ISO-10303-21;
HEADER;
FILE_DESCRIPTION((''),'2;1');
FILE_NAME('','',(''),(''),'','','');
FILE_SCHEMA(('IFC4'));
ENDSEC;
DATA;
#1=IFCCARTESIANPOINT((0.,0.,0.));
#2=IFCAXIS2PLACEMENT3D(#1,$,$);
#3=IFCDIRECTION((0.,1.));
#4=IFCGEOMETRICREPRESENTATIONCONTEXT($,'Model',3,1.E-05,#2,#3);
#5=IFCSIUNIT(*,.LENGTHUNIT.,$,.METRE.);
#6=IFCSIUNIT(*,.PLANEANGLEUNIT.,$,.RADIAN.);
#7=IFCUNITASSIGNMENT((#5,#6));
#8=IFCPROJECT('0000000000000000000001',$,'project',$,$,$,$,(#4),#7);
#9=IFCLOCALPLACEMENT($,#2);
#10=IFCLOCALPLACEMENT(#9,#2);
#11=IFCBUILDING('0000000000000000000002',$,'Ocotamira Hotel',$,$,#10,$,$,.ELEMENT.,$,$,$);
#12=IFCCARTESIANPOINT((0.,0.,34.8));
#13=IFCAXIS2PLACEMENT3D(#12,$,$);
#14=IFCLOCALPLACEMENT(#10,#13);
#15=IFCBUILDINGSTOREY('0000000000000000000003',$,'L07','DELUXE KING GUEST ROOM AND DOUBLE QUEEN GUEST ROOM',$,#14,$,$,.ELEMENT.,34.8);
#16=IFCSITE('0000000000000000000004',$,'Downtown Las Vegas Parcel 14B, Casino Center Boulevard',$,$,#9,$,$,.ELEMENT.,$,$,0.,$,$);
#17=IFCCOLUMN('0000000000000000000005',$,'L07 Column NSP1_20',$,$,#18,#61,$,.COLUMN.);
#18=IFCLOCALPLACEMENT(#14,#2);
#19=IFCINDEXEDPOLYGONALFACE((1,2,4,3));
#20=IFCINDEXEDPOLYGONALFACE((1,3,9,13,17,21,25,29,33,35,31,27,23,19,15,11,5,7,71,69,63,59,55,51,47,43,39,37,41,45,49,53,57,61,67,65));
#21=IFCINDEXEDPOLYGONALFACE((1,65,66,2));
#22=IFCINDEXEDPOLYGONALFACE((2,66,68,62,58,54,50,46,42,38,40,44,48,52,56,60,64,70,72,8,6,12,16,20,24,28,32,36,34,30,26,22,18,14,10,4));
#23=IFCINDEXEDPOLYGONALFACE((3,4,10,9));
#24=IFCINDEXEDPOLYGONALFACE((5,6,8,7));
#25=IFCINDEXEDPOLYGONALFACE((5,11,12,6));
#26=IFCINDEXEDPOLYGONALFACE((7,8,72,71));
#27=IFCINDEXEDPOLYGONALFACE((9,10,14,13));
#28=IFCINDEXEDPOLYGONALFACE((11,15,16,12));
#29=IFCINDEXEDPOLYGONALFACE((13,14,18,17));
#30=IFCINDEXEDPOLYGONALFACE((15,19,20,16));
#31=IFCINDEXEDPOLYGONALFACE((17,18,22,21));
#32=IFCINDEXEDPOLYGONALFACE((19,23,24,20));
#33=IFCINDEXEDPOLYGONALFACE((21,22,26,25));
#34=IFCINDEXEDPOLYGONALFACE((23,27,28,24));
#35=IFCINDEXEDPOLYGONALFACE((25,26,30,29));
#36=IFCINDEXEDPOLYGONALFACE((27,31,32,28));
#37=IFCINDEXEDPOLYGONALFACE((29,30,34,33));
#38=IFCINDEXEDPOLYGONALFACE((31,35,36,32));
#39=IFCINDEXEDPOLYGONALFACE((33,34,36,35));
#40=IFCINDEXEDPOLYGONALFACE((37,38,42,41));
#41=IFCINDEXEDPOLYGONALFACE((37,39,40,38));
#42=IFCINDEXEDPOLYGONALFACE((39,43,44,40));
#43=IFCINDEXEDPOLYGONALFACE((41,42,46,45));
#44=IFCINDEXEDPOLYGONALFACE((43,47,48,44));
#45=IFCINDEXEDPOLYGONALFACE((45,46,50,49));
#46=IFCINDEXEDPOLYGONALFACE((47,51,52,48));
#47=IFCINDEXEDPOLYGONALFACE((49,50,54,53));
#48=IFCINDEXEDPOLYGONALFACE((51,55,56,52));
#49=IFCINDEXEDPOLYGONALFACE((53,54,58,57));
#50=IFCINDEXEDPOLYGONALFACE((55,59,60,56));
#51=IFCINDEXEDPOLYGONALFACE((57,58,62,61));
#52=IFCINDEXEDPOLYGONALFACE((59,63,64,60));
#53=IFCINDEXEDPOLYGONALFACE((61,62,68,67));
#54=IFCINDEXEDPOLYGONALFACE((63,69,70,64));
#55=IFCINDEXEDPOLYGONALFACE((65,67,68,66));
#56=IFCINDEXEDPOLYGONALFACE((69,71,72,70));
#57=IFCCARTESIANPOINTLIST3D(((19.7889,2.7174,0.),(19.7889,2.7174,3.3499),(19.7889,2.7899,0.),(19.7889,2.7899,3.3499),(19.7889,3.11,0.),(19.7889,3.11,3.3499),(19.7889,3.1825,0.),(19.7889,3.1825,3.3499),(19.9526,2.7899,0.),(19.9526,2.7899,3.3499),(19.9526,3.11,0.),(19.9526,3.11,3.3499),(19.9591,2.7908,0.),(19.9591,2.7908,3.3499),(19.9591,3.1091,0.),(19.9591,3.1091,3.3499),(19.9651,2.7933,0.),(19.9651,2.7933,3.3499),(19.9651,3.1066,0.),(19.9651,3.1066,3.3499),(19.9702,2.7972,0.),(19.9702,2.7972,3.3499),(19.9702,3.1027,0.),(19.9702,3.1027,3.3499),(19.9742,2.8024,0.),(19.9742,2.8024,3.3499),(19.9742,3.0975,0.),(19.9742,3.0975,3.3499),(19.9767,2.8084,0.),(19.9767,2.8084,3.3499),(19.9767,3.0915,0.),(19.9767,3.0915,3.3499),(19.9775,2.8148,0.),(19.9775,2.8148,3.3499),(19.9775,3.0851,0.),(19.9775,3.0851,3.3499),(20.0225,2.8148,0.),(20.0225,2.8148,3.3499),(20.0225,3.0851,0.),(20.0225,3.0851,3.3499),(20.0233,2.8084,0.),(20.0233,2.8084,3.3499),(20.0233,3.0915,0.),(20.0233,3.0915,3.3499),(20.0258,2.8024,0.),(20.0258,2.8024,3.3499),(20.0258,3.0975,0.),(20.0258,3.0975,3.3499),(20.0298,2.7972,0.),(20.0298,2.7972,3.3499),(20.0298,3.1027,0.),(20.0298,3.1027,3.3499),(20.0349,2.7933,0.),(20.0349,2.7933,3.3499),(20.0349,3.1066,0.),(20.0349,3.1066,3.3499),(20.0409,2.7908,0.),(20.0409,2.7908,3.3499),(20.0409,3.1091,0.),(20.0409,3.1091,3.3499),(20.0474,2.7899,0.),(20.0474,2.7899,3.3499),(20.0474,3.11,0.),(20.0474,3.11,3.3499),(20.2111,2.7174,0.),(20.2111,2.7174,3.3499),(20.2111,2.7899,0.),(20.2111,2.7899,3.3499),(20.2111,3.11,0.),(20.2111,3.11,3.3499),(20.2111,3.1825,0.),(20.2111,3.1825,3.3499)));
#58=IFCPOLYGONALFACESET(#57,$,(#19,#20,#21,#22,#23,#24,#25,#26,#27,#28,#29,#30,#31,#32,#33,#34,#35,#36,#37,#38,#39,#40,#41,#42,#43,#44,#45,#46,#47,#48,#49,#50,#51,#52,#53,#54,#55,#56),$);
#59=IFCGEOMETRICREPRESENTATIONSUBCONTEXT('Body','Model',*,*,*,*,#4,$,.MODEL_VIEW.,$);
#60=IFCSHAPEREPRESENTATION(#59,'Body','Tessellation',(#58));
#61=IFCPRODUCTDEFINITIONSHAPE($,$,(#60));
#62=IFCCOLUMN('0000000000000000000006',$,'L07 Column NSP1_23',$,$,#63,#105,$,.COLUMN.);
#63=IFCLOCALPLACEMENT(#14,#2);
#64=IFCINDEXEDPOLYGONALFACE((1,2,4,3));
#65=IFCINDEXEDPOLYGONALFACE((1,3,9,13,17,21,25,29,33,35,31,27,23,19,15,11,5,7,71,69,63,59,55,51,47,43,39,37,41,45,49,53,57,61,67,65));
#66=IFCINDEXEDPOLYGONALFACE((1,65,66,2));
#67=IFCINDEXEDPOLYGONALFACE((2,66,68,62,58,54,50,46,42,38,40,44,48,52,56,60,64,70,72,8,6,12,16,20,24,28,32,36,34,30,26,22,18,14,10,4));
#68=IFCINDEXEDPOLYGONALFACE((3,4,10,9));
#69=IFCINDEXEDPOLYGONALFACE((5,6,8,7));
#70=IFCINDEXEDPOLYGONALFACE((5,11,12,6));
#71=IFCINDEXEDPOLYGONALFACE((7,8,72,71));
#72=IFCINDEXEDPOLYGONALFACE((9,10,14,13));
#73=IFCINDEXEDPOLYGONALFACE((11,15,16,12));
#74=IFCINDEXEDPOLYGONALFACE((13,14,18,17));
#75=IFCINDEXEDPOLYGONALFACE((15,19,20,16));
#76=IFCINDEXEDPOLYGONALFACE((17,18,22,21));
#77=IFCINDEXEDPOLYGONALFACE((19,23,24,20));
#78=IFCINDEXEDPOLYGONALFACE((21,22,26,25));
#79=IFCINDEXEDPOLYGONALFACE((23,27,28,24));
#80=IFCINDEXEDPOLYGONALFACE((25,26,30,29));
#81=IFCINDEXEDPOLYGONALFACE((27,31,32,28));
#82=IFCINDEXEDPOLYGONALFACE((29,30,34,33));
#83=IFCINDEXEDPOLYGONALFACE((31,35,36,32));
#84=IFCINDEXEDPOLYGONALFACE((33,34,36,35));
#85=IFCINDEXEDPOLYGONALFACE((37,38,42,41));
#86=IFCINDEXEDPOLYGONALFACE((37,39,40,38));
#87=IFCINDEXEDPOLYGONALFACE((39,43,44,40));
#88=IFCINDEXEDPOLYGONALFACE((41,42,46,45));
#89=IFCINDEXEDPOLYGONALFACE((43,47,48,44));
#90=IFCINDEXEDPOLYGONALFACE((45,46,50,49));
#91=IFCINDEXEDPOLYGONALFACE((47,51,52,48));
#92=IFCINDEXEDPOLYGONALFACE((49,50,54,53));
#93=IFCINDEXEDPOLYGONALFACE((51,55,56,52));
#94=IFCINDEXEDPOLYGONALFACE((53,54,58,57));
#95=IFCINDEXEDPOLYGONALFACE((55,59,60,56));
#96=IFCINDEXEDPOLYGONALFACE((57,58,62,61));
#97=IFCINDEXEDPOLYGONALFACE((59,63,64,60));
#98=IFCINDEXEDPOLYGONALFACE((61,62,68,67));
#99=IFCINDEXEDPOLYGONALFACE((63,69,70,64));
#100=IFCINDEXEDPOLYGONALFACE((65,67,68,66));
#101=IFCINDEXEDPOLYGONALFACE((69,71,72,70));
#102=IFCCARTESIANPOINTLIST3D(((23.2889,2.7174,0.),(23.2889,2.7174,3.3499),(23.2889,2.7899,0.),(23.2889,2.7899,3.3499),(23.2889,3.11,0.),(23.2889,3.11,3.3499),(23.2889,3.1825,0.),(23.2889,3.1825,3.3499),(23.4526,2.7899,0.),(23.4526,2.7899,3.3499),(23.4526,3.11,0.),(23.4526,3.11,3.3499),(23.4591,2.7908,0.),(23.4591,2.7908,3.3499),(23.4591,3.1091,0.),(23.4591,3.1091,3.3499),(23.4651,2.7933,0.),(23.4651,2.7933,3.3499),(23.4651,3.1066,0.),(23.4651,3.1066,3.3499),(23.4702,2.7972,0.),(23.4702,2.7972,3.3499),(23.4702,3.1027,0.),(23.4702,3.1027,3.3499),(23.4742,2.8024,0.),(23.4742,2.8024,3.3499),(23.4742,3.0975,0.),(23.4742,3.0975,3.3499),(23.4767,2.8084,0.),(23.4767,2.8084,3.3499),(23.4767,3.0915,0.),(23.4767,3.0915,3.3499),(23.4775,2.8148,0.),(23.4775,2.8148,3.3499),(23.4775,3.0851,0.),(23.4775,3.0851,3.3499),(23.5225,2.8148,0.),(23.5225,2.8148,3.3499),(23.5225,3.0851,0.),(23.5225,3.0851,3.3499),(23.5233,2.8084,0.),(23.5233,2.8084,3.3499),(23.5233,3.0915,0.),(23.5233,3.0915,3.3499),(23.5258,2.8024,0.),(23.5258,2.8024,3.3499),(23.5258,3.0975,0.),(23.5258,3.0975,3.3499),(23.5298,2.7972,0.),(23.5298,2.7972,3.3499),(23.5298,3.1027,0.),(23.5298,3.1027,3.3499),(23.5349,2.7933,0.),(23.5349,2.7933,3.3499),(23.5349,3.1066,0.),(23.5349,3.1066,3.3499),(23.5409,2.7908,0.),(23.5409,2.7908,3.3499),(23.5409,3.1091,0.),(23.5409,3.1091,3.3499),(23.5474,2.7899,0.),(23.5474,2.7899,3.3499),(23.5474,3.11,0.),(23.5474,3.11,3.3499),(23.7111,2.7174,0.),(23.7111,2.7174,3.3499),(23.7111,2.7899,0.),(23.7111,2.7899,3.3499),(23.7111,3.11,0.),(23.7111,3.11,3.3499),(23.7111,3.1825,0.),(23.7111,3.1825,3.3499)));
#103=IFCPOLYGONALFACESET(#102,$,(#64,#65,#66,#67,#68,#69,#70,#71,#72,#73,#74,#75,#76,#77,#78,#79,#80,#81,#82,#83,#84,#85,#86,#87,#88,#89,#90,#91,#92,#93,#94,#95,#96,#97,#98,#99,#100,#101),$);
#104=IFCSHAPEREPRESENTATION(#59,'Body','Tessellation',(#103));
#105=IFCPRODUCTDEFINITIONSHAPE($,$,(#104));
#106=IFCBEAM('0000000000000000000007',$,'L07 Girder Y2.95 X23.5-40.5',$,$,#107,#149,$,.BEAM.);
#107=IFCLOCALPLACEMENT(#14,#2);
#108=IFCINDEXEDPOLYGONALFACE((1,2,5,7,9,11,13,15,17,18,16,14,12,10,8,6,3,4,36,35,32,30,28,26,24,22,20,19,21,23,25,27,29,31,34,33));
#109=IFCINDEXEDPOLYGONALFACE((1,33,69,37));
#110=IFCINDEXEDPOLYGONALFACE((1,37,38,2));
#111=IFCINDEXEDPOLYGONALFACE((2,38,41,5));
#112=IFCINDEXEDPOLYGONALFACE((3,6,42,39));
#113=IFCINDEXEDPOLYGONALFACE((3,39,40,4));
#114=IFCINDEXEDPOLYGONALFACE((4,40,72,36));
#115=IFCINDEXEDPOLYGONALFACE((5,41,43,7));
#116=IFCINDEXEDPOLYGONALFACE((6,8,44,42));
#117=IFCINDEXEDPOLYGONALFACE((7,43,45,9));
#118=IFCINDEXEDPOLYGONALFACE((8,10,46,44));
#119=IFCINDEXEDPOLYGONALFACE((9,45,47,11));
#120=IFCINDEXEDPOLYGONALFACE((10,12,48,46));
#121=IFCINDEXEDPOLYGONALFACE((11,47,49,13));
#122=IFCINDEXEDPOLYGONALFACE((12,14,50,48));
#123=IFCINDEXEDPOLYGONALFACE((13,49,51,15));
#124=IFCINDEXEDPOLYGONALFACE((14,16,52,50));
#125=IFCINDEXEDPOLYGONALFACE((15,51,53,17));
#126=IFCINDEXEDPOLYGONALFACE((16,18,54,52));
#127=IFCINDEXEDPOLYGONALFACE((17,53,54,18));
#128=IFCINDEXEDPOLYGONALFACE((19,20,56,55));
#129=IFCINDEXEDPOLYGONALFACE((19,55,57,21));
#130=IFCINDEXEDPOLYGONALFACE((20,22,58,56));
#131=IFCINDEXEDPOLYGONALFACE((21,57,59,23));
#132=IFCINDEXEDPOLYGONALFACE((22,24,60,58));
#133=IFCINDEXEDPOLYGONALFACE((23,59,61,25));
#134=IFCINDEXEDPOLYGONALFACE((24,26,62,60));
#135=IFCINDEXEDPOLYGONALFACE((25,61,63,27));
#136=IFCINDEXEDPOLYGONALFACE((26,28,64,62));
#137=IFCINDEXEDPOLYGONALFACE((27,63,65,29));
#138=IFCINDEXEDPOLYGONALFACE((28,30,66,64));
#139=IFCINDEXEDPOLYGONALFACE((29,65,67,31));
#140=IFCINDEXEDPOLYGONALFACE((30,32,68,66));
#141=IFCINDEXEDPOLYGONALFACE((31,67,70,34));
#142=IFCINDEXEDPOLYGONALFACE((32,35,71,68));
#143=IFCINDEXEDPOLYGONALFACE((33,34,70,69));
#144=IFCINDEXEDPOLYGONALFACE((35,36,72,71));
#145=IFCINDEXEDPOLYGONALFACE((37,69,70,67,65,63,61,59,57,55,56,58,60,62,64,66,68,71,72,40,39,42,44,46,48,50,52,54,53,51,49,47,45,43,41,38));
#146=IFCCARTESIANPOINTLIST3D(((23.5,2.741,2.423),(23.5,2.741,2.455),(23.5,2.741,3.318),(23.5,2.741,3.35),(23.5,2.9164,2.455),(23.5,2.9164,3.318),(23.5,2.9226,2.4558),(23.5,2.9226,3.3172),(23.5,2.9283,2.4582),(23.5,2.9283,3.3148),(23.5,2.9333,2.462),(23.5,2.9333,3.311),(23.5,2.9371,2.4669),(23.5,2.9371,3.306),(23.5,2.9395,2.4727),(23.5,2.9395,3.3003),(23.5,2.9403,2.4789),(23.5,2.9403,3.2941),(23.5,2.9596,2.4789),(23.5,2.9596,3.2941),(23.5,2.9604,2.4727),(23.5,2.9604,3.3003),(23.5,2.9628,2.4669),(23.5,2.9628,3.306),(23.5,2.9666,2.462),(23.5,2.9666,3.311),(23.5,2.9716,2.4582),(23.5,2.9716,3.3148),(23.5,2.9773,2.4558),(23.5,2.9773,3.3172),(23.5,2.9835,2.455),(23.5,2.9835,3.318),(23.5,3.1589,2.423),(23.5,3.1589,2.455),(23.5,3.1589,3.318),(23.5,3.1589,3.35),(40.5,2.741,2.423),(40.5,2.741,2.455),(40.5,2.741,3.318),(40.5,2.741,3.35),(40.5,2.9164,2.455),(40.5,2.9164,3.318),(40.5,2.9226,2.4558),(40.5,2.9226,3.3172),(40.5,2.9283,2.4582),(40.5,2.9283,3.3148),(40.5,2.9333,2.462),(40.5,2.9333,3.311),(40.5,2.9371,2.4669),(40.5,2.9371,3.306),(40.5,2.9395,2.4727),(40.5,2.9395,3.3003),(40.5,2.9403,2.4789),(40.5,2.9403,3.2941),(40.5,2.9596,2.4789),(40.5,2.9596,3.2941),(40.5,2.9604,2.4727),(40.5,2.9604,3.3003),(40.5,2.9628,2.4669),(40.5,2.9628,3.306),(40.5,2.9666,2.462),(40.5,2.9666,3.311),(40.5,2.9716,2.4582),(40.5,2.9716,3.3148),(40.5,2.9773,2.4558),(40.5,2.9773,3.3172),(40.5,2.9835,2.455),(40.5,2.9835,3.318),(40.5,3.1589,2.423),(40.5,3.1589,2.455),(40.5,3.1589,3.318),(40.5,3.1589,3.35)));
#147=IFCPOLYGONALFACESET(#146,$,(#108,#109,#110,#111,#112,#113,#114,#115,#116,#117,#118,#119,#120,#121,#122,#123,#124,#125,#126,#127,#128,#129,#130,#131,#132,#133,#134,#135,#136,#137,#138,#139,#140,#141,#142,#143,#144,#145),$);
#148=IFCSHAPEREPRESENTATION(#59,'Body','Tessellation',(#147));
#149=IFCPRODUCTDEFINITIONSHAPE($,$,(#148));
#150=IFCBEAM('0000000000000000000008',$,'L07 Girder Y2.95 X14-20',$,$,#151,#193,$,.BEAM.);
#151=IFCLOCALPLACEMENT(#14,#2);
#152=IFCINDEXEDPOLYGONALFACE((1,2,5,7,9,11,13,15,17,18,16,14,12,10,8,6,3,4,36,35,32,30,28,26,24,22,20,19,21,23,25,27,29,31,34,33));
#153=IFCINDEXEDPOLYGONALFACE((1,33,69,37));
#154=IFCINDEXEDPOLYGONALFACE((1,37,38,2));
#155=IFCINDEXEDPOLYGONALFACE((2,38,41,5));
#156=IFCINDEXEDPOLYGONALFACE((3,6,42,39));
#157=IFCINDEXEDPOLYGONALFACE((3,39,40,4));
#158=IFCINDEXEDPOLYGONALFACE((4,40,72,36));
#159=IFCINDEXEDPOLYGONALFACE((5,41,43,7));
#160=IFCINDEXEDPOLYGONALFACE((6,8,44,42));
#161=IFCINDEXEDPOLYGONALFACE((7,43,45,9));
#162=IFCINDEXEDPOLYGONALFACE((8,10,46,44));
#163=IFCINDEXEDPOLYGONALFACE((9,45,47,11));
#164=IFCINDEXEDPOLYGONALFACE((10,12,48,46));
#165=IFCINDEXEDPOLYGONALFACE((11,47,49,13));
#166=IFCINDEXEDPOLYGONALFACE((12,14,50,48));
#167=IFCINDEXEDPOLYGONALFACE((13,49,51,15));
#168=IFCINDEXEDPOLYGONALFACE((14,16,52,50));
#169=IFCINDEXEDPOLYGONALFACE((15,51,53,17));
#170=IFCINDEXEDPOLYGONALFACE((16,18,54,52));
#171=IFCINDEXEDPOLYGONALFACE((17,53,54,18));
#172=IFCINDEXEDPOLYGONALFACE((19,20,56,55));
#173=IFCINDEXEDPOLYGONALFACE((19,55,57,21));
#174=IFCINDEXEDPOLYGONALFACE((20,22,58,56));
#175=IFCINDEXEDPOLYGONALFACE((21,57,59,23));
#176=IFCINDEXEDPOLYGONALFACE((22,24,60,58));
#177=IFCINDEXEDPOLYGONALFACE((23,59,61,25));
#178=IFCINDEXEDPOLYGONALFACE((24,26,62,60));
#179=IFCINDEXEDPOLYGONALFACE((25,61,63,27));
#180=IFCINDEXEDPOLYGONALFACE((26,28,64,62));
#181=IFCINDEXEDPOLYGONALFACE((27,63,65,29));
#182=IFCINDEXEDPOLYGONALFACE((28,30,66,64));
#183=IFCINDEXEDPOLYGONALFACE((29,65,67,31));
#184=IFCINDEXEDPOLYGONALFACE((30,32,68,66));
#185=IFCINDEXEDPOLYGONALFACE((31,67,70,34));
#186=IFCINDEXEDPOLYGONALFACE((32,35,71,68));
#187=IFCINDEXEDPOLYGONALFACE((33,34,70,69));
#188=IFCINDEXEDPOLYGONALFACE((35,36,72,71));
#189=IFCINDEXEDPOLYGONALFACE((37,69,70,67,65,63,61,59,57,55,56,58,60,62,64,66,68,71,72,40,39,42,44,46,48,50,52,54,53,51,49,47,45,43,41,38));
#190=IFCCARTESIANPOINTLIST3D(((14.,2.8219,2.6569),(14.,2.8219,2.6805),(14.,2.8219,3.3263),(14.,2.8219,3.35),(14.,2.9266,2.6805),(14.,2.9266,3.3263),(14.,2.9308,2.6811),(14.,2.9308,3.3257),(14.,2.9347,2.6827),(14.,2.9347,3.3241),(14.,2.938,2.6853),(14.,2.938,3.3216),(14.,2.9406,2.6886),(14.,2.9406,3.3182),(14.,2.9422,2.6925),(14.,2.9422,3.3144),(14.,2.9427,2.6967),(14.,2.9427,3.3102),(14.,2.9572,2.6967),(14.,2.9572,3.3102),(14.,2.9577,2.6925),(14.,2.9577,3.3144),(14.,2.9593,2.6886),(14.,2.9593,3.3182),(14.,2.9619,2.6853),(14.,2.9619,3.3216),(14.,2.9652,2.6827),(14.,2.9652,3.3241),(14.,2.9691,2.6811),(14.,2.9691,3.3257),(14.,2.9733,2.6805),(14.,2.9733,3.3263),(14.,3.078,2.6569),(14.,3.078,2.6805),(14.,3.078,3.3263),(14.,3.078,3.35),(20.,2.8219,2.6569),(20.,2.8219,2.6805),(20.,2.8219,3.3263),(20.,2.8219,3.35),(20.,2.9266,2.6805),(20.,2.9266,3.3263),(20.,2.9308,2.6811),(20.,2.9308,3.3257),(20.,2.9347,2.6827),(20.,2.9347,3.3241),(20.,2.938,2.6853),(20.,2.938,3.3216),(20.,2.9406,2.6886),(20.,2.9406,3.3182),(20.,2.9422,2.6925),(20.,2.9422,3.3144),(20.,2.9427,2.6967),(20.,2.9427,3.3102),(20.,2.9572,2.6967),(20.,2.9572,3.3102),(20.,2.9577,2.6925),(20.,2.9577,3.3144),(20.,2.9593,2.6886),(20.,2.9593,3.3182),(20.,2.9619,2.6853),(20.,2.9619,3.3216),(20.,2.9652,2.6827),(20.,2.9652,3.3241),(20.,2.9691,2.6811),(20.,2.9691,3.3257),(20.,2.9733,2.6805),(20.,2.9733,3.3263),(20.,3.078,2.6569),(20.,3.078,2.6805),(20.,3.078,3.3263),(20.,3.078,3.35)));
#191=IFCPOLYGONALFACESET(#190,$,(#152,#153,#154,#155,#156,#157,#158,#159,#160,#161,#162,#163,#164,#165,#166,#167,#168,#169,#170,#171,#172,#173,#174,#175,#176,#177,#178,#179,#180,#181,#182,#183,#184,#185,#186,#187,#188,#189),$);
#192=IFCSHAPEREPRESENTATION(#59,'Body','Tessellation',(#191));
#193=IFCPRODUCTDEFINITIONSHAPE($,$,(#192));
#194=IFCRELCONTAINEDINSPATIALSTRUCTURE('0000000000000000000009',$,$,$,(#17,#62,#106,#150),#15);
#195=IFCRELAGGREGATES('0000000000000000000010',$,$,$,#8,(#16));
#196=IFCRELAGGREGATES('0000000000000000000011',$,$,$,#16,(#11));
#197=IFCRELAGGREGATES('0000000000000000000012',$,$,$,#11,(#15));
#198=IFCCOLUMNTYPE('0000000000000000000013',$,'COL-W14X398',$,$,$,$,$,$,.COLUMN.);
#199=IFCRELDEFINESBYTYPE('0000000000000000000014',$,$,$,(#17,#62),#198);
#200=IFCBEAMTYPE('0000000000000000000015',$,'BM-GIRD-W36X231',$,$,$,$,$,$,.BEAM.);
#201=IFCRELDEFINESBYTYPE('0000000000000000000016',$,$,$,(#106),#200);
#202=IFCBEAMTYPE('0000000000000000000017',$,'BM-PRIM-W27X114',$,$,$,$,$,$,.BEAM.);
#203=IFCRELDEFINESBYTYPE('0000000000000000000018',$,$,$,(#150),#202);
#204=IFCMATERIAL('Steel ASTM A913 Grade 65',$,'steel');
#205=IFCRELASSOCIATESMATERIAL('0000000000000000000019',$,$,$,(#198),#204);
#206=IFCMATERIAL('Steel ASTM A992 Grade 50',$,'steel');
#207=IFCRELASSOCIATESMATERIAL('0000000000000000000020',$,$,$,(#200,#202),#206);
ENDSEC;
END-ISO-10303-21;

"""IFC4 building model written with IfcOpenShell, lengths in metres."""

from ifc_helpers import new_model, si_unit, direction, frame, origin, origin_2d, place, context, subcontext, project, spatial, i_section, extrude, source, transform, mapped, material, material_profile, profile_set, type_object, element, save


model = new_model("IFC4")

# Units and contexts
model_context = context("Model", 3, precision=1e-05, world=origin(), true_north=direction((0.0, 1.0)))
body_context = subcontext(model_context, "Body", "Model", "MODEL_VIEW")
ifc_project = project(units=[si_unit("LENGTHUNIT", "METRE"), si_unit("PLANEANGLEUNIT", "RADIAN")], contexts=[model_context])

# Site, building, storey
site_placement = place(None, origin())
site = spatial("IfcSite", under=ifc_project, at=site_placement, Name="Downtown Las Vegas Parcel 14B, Casino Center Boulevard", CompositionType="ELEMENT", RefElevation=0.0)
building_placement = place(site_placement, origin())
building = spatial("IfcBuilding", under=site, at=building_placement, Name="Ocotamira Hotel", CompositionType="ELEMENT")
storey_placement = place(building_placement, frame((0.0, 0.0, 34.8)))
storey = spatial("IfcBuildingStorey", under=building, at=storey_placement, Name="L07", Description="DELUXE KING GUEST ROOM AND DOUBLE QUEEN GUEST ROOM", CompositionType="ELEMENT", Elevation=34.8)

# Columns
ifc_material_1 = material(Name="Steel ASTM A913 Grade 65", Category="steel")
ifc_material_profile_1 = material_profile(ifc_material_1, i_section(OverallWidth=0.4221, OverallDepth=0.4651, WebThickness=0.0449, FlangeThickness=0.0725, FilletRadius=0.0249, at=origin_2d()), Name="W14X398")
ifc_profile_set_1 = profile_set([ifc_material_profile_1], Name="Steel ASTM A913 Grade 65")
column_type = type_object("IfcColumnType", Name="COL-W14X398", PredefinedType="COLUMN", material=ifc_profile_set_1)
shared_shape_1 = source(origin(), body_context, "Body", "SweptSolid", [
    extrude(i_section(OverallWidth=0.4221, OverallDepth=0.4651, WebThickness=0.0449, FlangeThickness=0.0725, FilletRadius=0.0249, at=origin_2d()), origin(), (0.0, 0.0, 1.0), 3.3499),
])
for number, where, z_axis, x_axis, name in (
    (1, (20.0, 2.95, 0.0), (0.0, 0.0, 1.0), (1.0, 0.0, 0.0), "L07 Column NSP1_20"),
    (2, (23.5, 2.95, 0.0), (0.0, 0.0, 1.0), (1.0, 0.0, 0.0), "L07 Column NSP1_23"),
):
    element("IfcColumn", number, at=place(storey_placement, frame(where, z_axis=z_axis, x_axis=x_axis)), inside=storey, type_object=column_type, Name=name, PredefinedType="COLUMN", context=body_context, shape_type="MappedRepresentation", body=[
        mapped(shared_shape_1, transform((0.0, 0.0, 0.0), scale=1.0)),
    ])

# Beams
ifc_material_2 = material(Name="Steel ASTM A992 Grade 50", Category="steel")
ifc_material_profile_2 = material_profile(ifc_material_2, i_section(OverallWidth=0.418, OverallDepth=0.927, WebThickness=0.0193, FlangeThickness=0.032, FilletRadius=0.0239, at=origin_2d()), Name="W36X231")
ifc_profile_set_2 = profile_set([ifc_material_profile_2], Name="Steel ASTM A992 Grade 50")
beam_type_1 = type_object("IfcBeamType", Name="BM-GIRD-W36X231", PredefinedType="BEAM", material=ifc_profile_set_2)
shared_shape_2 = source(origin(), body_context, "Body", "SweptSolid", [
    extrude(i_section(OverallWidth=0.418, OverallDepth=0.927, WebThickness=0.0193, FlangeThickness=0.032, FilletRadius=0.0239, at=origin_2d()), origin(), (0.0, 0.0, 1.0), 17.0),
])
beam_1_placement = place(storey_placement, frame((23.5, 2.95, 2.8865), z_axis=(1.0, 0.0, 0.0), x_axis=(0.0, 1.0, 0.0)))
element("IfcBeam", 3, at=beam_1_placement, inside=storey, type_object=beam_type_1, Name="L07 Girder Y2.95 X23.5-40.5", PredefinedType="BEAM", context=body_context, shape_type="MappedRepresentation", body=[
    mapped(shared_shape_2, transform((0.0, 0.0, 0.0), scale=1.0)),
])
ifc_material_profile_3 = material_profile(ifc_material_2, i_section(OverallWidth=0.2561, OverallDepth=0.6931, WebThickness=0.0144, FlangeThickness=0.0237, FilletRadius=0.0161, at=origin_2d()), Name="W27X114")
ifc_profile_set_3 = profile_set([ifc_material_profile_3], Name="Steel ASTM A992 Grade 50")
beam_type_2 = type_object("IfcBeamType", Name="BM-PRIM-W27X114", PredefinedType="BEAM", material=ifc_profile_set_3)
shared_shape_3 = source(origin(), body_context, "Body", "SweptSolid", [
    extrude(i_section(OverallWidth=0.2561, OverallDepth=0.6931, WebThickness=0.0144, FlangeThickness=0.0237, FilletRadius=0.0161, at=origin_2d()), origin(), (0.0, 0.0, 1.0), 6.0),
])
beam_2_placement = place(storey_placement, frame((14.0, 2.95, 3.0034), z_axis=(1.0, 0.0, 0.0), x_axis=(0.0, 1.0, 0.0)))
element("IfcBeam", 4, at=beam_2_placement, inside=storey, type_object=beam_type_2, Name="L07 Girder Y2.95 X14-20", PredefinedType="BEAM", context=body_context, shape_type="MappedRepresentation", body=[
    mapped(shared_shape_3, transform((0.0, 0.0, 0.0), scale=1.0)),
])

save(model, "model.ifc")
